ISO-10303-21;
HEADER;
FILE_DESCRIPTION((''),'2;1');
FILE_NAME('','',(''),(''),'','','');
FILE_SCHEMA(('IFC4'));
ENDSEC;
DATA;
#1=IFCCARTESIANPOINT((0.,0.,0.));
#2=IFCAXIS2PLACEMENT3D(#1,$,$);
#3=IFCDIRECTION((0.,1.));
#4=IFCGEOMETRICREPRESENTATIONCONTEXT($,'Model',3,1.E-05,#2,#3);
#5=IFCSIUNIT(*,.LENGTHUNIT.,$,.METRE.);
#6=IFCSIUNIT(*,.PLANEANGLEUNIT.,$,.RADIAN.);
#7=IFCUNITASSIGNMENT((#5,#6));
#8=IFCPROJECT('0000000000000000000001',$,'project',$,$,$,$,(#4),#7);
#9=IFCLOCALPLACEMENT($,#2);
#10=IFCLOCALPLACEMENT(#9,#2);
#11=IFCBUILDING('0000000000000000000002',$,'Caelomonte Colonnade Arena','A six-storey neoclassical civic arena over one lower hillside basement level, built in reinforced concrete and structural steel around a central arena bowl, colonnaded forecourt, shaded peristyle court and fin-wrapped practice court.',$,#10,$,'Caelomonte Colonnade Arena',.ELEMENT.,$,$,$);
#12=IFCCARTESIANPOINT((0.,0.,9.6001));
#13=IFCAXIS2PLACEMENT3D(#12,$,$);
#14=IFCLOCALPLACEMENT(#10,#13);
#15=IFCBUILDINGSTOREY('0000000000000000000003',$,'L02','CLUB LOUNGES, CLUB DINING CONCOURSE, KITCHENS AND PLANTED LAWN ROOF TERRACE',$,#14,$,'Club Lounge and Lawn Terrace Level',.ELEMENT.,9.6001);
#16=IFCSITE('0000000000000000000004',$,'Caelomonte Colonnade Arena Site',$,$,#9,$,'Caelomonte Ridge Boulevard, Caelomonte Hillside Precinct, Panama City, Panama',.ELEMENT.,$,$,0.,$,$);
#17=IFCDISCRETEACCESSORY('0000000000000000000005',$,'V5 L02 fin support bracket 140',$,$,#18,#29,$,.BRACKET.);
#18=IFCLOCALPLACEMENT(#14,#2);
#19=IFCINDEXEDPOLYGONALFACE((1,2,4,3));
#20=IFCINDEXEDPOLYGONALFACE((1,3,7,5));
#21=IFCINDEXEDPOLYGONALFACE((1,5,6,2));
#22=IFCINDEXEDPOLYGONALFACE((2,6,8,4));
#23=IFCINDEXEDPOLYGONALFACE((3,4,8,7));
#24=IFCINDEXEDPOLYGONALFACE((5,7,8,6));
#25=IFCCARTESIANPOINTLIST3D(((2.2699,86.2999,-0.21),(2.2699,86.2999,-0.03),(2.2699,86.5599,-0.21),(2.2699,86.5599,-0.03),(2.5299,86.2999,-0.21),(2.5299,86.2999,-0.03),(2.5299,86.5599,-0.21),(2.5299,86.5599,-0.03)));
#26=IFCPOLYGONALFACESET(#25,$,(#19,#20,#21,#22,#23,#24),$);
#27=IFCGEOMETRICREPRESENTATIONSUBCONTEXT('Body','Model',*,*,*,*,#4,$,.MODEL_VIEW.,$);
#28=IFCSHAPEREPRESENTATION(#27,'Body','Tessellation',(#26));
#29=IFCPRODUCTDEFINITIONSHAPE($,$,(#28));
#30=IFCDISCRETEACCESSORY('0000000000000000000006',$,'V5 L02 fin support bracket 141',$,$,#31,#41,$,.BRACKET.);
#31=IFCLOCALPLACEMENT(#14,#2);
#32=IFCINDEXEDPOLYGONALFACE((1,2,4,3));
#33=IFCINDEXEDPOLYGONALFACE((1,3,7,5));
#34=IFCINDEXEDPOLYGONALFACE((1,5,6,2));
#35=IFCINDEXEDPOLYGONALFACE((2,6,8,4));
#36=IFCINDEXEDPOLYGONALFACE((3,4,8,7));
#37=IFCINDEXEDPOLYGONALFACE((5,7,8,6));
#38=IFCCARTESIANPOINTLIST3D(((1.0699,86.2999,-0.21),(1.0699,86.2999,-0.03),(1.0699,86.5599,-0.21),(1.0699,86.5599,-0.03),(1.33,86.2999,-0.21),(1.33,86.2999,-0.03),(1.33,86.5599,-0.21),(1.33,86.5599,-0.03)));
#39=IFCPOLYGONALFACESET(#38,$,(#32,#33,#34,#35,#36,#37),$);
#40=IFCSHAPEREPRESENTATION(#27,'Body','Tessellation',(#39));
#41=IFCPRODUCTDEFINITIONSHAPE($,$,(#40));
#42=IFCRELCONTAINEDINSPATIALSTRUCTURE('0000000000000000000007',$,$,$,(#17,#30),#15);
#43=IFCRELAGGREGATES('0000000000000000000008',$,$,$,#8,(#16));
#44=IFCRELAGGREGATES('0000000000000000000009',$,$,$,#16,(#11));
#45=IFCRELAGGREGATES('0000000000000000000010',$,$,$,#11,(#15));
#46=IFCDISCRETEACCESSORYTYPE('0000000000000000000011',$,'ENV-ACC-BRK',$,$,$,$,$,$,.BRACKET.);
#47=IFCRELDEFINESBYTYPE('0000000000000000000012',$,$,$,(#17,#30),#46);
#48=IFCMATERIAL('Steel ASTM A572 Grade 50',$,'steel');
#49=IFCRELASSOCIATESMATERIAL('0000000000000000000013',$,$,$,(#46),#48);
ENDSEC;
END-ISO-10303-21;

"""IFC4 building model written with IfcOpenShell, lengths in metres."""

from ifc_helpers import new_model, si_unit, direction, frame, origin, origin_2d, place, context, subcontext, project, spatial, rectangle, extrude, material, type_object, element, save


model = new_model("IFC4")

# Units and contexts
model_context = context("Model", 3, precision=1e-05, world=origin(), true_north=direction((0.0, 1.0)))
body_context = subcontext(model_context, "Body", "Model", "MODEL_VIEW")
ifc_project = project(units=[si_unit("LENGTHUNIT", "METRE"), si_unit("PLANEANGLEUNIT", "RADIAN")], contexts=[model_context])

# Site, building, storey
site_placement = place(None, origin())
site = spatial("IfcSite", under=ifc_project, at=site_placement, Name="Caelomonte Colonnade Arena Site", LongName="Caelomonte Ridge Boulevard, Caelomonte Hillside Precinct, Panama City, Panama", CompositionType="ELEMENT", RefElevation=0.0)
building_placement = place(site_placement, origin())
building = spatial("IfcBuilding", under=site, at=building_placement, Name="Caelomonte Colonnade Arena", Description="A six-storey neoclassical civic arena over one lower hillside basement level, built in reinforced concrete and structural steel around a central arena bowl, colonnaded forecourt, shaded peristyle court and fin-wrapped practice court.", LongName="Caelomonte Colonnade Arena", CompositionType="ELEMENT")
storey_placement = place(building_placement, frame((0.0, 0.0, 9.6001)))
storey = spatial("IfcBuildingStorey", under=building, at=storey_placement, Name="L02", Description="CLUB LOUNGES, CLUB DINING CONCOURSE, KITCHENS AND PLANTED LAWN ROOF TERRACE", LongName="Club Lounge and Lawn Terrace Level", CompositionType="ELEMENT", Elevation=9.6001)

# Discrete accessories
ifc_material_1 = material(Name="Steel ASTM A572 Grade 50", Category="steel")
discrete_accessory_type = type_object("IfcDiscreteAccessoryType", Name="ENV-ACC-BRK", PredefinedType="BRACKET", material=ifc_material_1)
for number, where, z_axis, x_axis, name in (
    (1, (2.3999, 86.4299, -0.21), (0.0, 0.0, 1.0), (-1.0, 0.0, 0.0), "V5 L02 fin support bracket 140"),
    (2, (1.2, 86.4299, -0.21), (0.0, 0.0, 1.0), (-1.0, 0.0, 0.0), "V5 L02 fin support bracket 141"),
):
    element("IfcDiscreteAccessory", number, at=place(storey_placement, frame(where, z_axis=z_axis, x_axis=x_axis)), inside=storey, type_object=discrete_accessory_type, Name=name, PredefinedType="BRACKET", context=body_context, shape_type="SweptSolid", body=[
        extrude(rectangle(XDim=0.26, YDim=0.26, at=origin_2d()), origin(), (0.0, 0.0, 1.0), 0.1799),
    ])

save(model, "model.ifc")
